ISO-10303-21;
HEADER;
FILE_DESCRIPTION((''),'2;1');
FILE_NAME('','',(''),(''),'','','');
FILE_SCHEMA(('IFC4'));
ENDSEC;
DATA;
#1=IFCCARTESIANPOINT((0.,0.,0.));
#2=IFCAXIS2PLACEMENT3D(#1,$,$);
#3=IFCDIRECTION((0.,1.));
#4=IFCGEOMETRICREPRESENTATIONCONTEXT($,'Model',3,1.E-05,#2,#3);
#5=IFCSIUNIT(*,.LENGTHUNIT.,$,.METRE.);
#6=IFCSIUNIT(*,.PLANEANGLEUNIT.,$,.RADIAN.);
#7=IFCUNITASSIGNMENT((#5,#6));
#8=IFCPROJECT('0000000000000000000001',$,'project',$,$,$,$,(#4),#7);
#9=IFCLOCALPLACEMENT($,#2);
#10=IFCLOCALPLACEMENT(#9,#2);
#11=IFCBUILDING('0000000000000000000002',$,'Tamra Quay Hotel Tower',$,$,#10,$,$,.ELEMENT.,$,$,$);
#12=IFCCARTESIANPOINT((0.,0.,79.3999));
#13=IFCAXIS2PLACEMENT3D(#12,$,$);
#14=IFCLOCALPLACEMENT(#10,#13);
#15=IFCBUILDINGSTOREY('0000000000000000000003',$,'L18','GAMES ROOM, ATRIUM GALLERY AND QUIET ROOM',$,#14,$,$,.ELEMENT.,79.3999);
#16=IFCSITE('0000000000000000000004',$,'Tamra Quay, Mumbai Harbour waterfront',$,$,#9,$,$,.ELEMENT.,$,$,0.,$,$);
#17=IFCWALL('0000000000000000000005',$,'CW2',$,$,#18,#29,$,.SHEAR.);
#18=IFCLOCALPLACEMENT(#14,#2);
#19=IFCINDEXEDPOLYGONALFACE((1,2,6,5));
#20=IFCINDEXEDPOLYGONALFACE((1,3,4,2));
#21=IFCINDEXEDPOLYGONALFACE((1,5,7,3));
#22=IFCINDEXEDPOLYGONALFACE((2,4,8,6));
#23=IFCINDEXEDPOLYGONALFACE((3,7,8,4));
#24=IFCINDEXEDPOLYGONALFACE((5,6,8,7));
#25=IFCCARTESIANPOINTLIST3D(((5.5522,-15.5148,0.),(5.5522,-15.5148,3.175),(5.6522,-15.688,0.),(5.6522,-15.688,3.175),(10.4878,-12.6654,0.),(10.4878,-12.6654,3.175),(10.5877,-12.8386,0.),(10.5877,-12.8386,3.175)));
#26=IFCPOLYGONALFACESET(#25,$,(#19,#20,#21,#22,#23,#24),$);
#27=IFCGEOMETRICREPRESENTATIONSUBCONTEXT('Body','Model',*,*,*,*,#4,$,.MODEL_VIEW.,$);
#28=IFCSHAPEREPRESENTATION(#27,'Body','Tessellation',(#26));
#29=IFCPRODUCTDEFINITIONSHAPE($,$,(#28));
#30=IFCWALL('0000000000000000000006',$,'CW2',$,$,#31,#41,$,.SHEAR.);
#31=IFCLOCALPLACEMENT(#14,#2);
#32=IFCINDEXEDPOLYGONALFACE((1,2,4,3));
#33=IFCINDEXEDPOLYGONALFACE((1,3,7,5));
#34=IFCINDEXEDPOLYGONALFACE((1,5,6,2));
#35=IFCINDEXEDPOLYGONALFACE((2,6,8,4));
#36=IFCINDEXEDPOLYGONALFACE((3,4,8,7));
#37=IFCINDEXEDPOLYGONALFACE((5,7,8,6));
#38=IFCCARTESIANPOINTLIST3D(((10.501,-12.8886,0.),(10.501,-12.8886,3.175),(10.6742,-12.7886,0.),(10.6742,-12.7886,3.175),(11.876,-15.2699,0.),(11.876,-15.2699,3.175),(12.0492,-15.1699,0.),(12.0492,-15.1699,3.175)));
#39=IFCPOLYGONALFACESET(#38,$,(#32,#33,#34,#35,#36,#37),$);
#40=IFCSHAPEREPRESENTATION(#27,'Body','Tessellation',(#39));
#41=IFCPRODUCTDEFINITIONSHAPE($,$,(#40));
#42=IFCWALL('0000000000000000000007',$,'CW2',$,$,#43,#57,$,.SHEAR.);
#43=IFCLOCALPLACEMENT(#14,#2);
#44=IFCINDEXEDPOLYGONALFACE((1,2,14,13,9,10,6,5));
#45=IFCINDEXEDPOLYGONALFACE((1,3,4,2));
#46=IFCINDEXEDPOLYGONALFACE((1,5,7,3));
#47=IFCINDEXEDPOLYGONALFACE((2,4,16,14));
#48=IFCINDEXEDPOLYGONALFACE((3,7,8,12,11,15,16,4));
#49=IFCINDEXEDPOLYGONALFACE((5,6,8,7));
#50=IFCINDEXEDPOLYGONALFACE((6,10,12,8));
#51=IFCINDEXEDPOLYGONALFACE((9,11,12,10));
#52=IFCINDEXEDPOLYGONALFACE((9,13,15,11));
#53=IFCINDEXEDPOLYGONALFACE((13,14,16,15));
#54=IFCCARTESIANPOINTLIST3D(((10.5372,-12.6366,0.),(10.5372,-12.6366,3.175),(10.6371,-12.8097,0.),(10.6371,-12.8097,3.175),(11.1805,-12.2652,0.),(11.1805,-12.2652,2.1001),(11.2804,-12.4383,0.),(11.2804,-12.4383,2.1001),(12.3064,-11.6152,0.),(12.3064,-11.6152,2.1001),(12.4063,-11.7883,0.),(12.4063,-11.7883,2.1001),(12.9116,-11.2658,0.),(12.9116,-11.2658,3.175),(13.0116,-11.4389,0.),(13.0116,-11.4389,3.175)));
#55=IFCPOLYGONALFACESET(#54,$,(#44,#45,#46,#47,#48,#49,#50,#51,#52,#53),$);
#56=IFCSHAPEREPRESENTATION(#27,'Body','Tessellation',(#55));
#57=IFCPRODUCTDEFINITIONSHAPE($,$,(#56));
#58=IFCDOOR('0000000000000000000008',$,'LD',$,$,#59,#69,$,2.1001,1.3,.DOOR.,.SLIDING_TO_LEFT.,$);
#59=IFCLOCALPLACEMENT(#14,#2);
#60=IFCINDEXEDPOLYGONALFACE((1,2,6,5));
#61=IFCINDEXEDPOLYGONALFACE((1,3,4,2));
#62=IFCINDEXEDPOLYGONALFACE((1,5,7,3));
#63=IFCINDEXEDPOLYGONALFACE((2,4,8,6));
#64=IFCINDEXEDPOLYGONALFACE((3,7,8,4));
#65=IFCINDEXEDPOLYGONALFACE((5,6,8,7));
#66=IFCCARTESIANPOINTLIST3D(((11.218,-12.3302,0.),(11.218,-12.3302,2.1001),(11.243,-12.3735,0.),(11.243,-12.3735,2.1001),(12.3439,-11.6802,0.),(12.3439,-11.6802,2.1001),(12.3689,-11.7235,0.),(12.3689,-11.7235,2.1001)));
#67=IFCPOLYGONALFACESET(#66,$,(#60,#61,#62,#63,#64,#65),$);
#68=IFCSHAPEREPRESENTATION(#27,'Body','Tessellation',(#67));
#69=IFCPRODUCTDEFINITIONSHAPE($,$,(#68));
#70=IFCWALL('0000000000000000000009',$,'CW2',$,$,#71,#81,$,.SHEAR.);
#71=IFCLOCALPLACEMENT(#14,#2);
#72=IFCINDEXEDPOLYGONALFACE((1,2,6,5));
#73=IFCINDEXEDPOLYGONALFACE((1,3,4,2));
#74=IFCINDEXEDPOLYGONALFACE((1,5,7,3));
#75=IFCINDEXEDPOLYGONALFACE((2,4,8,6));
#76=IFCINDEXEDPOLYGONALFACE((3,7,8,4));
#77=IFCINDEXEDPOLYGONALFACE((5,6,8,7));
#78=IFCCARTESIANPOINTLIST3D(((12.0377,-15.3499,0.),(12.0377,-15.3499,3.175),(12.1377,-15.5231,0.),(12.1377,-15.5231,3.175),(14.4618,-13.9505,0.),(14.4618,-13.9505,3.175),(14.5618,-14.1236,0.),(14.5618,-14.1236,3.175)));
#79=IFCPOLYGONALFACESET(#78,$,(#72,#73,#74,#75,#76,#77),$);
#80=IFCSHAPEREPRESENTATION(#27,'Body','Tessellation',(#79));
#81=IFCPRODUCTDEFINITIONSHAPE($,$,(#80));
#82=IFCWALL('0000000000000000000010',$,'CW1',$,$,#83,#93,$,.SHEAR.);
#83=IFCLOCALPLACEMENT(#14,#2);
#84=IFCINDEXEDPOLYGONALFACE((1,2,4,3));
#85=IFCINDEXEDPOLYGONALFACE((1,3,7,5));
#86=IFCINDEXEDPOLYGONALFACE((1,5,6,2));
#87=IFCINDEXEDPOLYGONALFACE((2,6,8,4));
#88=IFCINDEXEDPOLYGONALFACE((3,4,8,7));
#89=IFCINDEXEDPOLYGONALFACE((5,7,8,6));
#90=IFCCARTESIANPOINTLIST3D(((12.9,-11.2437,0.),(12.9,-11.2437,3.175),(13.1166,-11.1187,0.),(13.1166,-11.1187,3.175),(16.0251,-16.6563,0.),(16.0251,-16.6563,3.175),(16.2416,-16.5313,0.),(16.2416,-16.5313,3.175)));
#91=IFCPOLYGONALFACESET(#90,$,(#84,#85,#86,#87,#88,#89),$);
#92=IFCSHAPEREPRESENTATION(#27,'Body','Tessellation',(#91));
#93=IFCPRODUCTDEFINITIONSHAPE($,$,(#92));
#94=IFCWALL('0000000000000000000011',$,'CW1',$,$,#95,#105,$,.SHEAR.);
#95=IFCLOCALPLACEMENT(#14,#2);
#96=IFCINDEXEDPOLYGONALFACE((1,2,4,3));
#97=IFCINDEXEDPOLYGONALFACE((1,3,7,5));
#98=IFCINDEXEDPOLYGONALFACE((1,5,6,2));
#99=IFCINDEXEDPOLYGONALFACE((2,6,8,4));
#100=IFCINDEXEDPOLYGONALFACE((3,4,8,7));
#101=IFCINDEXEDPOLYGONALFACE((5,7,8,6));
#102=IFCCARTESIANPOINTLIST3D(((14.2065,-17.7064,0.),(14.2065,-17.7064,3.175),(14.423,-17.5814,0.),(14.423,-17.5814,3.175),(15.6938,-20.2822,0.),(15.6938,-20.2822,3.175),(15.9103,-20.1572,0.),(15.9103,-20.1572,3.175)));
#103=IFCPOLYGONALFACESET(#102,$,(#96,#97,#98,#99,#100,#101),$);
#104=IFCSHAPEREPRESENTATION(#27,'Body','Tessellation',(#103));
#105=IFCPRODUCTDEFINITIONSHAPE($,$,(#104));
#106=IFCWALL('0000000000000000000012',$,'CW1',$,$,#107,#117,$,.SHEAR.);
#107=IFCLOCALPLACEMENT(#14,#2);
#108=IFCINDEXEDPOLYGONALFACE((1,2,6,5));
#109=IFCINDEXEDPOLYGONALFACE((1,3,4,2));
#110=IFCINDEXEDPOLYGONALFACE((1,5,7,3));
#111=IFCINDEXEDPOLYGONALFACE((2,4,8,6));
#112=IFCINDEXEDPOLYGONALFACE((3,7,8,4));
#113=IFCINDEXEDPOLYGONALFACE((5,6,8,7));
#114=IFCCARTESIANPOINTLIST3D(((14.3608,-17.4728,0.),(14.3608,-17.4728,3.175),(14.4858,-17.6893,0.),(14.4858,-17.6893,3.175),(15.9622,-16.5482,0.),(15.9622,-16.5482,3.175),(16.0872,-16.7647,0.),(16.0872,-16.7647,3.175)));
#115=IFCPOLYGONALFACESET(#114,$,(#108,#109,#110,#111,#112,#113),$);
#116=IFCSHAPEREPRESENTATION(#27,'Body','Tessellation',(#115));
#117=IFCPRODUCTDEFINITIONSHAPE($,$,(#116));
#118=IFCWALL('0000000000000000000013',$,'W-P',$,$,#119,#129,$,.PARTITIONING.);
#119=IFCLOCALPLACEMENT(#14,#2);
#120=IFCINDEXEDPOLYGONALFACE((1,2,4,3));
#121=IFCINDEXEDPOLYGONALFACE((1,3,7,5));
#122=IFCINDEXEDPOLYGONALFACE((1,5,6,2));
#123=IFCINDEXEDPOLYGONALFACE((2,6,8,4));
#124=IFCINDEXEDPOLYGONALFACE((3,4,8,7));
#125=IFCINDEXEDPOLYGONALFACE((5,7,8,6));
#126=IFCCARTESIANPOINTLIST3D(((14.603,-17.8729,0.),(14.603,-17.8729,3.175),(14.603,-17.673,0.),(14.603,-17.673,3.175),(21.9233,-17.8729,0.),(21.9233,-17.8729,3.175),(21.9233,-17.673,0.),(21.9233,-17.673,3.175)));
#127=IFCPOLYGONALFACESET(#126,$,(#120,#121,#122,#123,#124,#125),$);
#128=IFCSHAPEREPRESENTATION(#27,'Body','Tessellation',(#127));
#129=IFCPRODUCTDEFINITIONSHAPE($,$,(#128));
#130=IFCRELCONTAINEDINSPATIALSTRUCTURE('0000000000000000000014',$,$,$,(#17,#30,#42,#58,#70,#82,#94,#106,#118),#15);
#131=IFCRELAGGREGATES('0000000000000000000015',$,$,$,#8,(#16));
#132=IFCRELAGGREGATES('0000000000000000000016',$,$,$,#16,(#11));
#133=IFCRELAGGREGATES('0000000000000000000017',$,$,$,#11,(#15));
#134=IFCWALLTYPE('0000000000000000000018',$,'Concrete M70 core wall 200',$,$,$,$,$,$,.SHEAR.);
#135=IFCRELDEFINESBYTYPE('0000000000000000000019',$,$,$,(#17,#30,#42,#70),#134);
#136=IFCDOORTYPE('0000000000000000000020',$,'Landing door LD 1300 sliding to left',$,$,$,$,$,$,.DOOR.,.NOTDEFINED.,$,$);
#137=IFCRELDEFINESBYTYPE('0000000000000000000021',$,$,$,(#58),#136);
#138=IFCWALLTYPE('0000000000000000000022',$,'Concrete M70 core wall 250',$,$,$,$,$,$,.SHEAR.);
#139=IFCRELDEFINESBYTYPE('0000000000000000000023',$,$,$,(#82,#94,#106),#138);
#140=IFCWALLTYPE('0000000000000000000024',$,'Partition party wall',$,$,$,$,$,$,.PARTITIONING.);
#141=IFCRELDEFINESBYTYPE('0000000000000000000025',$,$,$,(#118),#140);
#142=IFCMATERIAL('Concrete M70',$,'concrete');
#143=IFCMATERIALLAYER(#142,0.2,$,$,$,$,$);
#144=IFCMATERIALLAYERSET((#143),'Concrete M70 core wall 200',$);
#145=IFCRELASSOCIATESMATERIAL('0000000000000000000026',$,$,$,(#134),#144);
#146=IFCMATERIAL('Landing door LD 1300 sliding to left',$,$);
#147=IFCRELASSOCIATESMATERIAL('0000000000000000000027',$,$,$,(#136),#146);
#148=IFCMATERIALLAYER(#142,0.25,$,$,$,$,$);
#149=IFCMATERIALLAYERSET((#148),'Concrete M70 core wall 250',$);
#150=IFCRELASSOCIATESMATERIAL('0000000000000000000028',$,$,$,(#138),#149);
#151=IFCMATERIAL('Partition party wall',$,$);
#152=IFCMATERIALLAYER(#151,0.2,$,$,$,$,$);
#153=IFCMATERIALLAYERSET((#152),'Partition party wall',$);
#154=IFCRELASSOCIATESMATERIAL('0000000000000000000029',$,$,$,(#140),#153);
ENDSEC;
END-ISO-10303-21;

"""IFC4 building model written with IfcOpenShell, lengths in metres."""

from ifc_helpers import new_model, si_unit, direction, frame, frame_2d, origin, place, context, subcontext, project, spatial, rectangle, extrude, material, layer, layer_set, type_object, element, fill, save


model = new_model("IFC4")

# Units and contexts
model_context = context("Model", 3, precision=1e-05, world=origin(), true_north=direction((0.0, 1.0)))
body_context = subcontext(model_context, "Body", "Model", "MODEL_VIEW")
ifc_project = project(units=[si_unit("LENGTHUNIT", "METRE"), si_unit("PLANEANGLEUNIT", "RADIAN")], contexts=[model_context])

# Site, building, storey
site_placement = place(None, origin())
site = spatial("IfcSite", under=ifc_project, at=site_placement, Name="Tamra Quay, Mumbai Harbour waterfront", CompositionType="ELEMENT", RefElevation=0.0)
building_placement = place(site_placement, origin())
building = spatial("IfcBuilding", under=site, at=building_placement, Name="Tamra Quay Hotel Tower", CompositionType="ELEMENT")
storey_placement = place(building_placement, frame((0.0, 0.0, 79.3999)))
storey = spatial("IfcBuildingStorey", under=building, at=storey_placement, Name="L18", Description="GAMES ROOM, ATRIUM GALLERY AND QUIET ROOM", CompositionType="ELEMENT", Elevation=79.3999)

# Shared definitions
ifc_material_1 = material(Name="Concrete M70", Category="concrete")

# Walls
ifc_layer_1 = layer(ifc_material_1, 0.2)
ifc_layer_set_1 = layer_set([ifc_layer_1], Name="Concrete M70 core wall 200")
wall_type_1 = type_object("IfcWallType", Name="Concrete M70 core wall 200", PredefinedType="SHEAR", material=ifc_layer_set_1)
wall_1_placement = place(storey_placement, frame((10.5378, -12.752, 0.0), z_axis=(0.0, 0.0, 1.0), x_axis=(-0.866039, -0.499977, 0.0)))
element("IfcWall", 1, at=wall_1_placement, inside=storey, type_object=wall_type_1, Name="CW2", PredefinedType="SHEAR", context=body_context, shape_type="SweptSolid", body=[
    extrude(rectangle(XDim=5.699, YDim=0.2, at=frame_2d((2.8496, 0.0))), origin(), (0.0, 0.0, 1.0), 3.175),
])
wall_2_placement = place(storey_placement, frame((11.9626, -15.22, 0.0), z_axis=(0.0, 0.0, 1.0), x_axis=(-0.500035, 0.866005, 0.0)))
element("IfcWall", 2, at=wall_2_placement, inside=storey, type_object=wall_type_1, Name="CW2", PredefinedType="SHEAR", context=body_context, shape_type="SweptSolid", body=[
    extrude(rectangle(XDim=2.7498, YDim=0.2, at=frame_2d((1.375, 0.0))), origin(), (0.0, 0.0, 1.0), 3.175),
])

# Wall, opening, door
wall_3_placement = place(storey_placement, frame((10.5872, -12.7231, 0.0), z_axis=(0.0, 0.0, 1.0), x_axis=(0.866037, 0.499979, 0.0)))
wall_3 = element("IfcWall", 3, at=wall_3_placement, inside=storey, type_object=wall_type_1, Name="CW2", PredefinedType="SHEAR", context=body_context, shape_type="SweptSolid", body=[
    extrude(rectangle(XDim=2.7417, YDim=0.2, at=frame_2d((1.3708, 0.0))), origin(), (0.0, 0.0, 1.0), 3.175),
])
opening_placement = place(wall_3_placement, frame((0.7429, 0.0, 0.0)))
opening = element("IfcOpeningElement", 4, at=opening_placement, cuts=wall_3, PredefinedType="OPENING", context=body_context, shape_type="SweptSolid", body=[
    extrude(rectangle(XDim=1.3, YDim=2.1001, at=frame_2d((0.6499, 1.05))), frame((0.0, 0.1099, 0.0), z_axis=(0.0, -1.0, 0.0), x_axis=(1.0, 0.0, 0.0)), (0.0, 0.0, 1.0), 0.22),
])
ifc_material_2 = material(Name="Landing door LD 1300 sliding to left")
door_type = type_object("IfcDoorType", Name="Landing door LD 1300 sliding to left", OperationType="NOTDEFINED", PredefinedType="DOOR", material=ifc_material_2)
door_placement = place(opening_placement, origin())
door = element("IfcDoor", 5, at=door_placement, inside=storey, type_object=door_type, Name="LD", OperationType="SLIDING_TO_LEFT", OverallHeight=2.1001, OverallWidth=1.3, PredefinedType="DOOR", context=body_context, shape_type="SweptSolid", body=[
    extrude(rectangle(XDim=1.3, YDim=2.1001, at=frame_2d((0.6499, 1.05))), frame((0.0, 0.0249, 0.0), z_axis=(0.0, -1.0, 0.0), x_axis=(1.0, 0.0, 0.0)), (0.0, 0.0, 1.0), 0.05),
])
fill(opening, door)

# Walls
wall_4_placement = place(storey_placement, frame((14.5117, -14.0371, 0.0), z_axis=(0.0, 0.0, 1.0), x_axis=(-0.866045, -0.499967, 0.0)))
element("IfcWall", 6, at=wall_4_placement, inside=storey, type_object=wall_type_1, Name="CW2", PredefinedType="SHEAR", context=body_context, shape_type="SweptSolid", body=[
    extrude(rectangle(XDim=2.7991, YDim=0.2, at=frame_2d((1.3994, 0.0))), origin(), (0.0, 0.0, 1.0), 3.175),
])
ifc_layer_2 = layer(ifc_material_1, 0.25)
ifc_layer_set_2 = layer_set([ifc_layer_2], Name="Concrete M70 core wall 250")
wall_type_2 = type_object("IfcWallType", Name="Concrete M70 core wall 250", PredefinedType="SHEAR", material=ifc_layer_set_2)
wall_5_placement = place(storey_placement, frame((13.0083, -11.1812, 0.0), z_axis=(0.0, 0.0, 1.0), x_axis=(0.500004, -0.866023, 0.0)))
element("IfcWall", 7, at=wall_5_placement, inside=storey, type_object=wall_type_2, Name="CW1", PredefinedType="SHEAR", context=body_context, shape_type="SweptSolid", body=[
    extrude(rectangle(XDim=6.25, YDim=0.25, at=frame_2d((3.125, 0.0))), origin(), (0.0, 0.0, 1.0), 3.175),
])
wall_6_placement = place(storey_placement, frame((14.3147, -17.6438, 0.0), z_axis=(0.0, 0.0, 1.0), x_axis=(0.500023, -0.866012, 0.0)))
element("IfcWall", 8, at=wall_6_placement, inside=storey, type_object=wall_type_2, Name="CW1", PredefinedType="SHEAR", context=body_context, shape_type="SweptSolid", body=[
    extrude(rectangle(XDim=2.9744, YDim=0.25, at=frame_2d((1.4873, 0.0))), origin(), (0.0, 0.0, 1.0), 3.175),
])
wall_7_placement = place(storey_placement, frame((16.0247, -16.6565, 0.0), z_axis=(0.0, 0.0, 1.0), x_axis=(-0.866016, -0.500016, 0.0)))
element("IfcWall", 9, at=wall_7_placement, inside=storey, type_object=wall_type_2, Name="CW1", PredefinedType="SHEAR", context=body_context, shape_type="SweptSolid", body=[
    extrude(rectangle(XDim=1.8491, YDim=0.25, at=frame_2d((0.9246, 0.0))), origin(), (0.0, 0.0, 1.0), 3.175),
])
ifc_material_3 = material(Name="Partition party wall")
ifc_layer_3 = layer(ifc_material_3, 0.2)
ifc_layer_set_3 = layer_set([ifc_layer_3], Name="Partition party wall")
wall_type_3 = type_object("IfcWallType", Name="Partition party wall", PredefinedType="PARTITIONING", material=ifc_layer_set_3)
wall_8_placement = place(storey_placement, frame((14.603, -17.7729, 0.0), z_axis=(0.0, 0.0, 1.0), x_axis=(1.0, 0.0, 0.0)))
element("IfcWall", 10, at=wall_8_placement, inside=storey, type_object=wall_type_3, Name="W-P", PredefinedType="PARTITIONING", context=body_context, shape_type="SweptSolid", body=[
    extrude(rectangle(XDim=7.3203, YDim=0.2, at=frame_2d((3.6602, 0.0))), origin(), (0.0, 0.0, 1.0), 3.175),
])

save(model, "model.ifc")
